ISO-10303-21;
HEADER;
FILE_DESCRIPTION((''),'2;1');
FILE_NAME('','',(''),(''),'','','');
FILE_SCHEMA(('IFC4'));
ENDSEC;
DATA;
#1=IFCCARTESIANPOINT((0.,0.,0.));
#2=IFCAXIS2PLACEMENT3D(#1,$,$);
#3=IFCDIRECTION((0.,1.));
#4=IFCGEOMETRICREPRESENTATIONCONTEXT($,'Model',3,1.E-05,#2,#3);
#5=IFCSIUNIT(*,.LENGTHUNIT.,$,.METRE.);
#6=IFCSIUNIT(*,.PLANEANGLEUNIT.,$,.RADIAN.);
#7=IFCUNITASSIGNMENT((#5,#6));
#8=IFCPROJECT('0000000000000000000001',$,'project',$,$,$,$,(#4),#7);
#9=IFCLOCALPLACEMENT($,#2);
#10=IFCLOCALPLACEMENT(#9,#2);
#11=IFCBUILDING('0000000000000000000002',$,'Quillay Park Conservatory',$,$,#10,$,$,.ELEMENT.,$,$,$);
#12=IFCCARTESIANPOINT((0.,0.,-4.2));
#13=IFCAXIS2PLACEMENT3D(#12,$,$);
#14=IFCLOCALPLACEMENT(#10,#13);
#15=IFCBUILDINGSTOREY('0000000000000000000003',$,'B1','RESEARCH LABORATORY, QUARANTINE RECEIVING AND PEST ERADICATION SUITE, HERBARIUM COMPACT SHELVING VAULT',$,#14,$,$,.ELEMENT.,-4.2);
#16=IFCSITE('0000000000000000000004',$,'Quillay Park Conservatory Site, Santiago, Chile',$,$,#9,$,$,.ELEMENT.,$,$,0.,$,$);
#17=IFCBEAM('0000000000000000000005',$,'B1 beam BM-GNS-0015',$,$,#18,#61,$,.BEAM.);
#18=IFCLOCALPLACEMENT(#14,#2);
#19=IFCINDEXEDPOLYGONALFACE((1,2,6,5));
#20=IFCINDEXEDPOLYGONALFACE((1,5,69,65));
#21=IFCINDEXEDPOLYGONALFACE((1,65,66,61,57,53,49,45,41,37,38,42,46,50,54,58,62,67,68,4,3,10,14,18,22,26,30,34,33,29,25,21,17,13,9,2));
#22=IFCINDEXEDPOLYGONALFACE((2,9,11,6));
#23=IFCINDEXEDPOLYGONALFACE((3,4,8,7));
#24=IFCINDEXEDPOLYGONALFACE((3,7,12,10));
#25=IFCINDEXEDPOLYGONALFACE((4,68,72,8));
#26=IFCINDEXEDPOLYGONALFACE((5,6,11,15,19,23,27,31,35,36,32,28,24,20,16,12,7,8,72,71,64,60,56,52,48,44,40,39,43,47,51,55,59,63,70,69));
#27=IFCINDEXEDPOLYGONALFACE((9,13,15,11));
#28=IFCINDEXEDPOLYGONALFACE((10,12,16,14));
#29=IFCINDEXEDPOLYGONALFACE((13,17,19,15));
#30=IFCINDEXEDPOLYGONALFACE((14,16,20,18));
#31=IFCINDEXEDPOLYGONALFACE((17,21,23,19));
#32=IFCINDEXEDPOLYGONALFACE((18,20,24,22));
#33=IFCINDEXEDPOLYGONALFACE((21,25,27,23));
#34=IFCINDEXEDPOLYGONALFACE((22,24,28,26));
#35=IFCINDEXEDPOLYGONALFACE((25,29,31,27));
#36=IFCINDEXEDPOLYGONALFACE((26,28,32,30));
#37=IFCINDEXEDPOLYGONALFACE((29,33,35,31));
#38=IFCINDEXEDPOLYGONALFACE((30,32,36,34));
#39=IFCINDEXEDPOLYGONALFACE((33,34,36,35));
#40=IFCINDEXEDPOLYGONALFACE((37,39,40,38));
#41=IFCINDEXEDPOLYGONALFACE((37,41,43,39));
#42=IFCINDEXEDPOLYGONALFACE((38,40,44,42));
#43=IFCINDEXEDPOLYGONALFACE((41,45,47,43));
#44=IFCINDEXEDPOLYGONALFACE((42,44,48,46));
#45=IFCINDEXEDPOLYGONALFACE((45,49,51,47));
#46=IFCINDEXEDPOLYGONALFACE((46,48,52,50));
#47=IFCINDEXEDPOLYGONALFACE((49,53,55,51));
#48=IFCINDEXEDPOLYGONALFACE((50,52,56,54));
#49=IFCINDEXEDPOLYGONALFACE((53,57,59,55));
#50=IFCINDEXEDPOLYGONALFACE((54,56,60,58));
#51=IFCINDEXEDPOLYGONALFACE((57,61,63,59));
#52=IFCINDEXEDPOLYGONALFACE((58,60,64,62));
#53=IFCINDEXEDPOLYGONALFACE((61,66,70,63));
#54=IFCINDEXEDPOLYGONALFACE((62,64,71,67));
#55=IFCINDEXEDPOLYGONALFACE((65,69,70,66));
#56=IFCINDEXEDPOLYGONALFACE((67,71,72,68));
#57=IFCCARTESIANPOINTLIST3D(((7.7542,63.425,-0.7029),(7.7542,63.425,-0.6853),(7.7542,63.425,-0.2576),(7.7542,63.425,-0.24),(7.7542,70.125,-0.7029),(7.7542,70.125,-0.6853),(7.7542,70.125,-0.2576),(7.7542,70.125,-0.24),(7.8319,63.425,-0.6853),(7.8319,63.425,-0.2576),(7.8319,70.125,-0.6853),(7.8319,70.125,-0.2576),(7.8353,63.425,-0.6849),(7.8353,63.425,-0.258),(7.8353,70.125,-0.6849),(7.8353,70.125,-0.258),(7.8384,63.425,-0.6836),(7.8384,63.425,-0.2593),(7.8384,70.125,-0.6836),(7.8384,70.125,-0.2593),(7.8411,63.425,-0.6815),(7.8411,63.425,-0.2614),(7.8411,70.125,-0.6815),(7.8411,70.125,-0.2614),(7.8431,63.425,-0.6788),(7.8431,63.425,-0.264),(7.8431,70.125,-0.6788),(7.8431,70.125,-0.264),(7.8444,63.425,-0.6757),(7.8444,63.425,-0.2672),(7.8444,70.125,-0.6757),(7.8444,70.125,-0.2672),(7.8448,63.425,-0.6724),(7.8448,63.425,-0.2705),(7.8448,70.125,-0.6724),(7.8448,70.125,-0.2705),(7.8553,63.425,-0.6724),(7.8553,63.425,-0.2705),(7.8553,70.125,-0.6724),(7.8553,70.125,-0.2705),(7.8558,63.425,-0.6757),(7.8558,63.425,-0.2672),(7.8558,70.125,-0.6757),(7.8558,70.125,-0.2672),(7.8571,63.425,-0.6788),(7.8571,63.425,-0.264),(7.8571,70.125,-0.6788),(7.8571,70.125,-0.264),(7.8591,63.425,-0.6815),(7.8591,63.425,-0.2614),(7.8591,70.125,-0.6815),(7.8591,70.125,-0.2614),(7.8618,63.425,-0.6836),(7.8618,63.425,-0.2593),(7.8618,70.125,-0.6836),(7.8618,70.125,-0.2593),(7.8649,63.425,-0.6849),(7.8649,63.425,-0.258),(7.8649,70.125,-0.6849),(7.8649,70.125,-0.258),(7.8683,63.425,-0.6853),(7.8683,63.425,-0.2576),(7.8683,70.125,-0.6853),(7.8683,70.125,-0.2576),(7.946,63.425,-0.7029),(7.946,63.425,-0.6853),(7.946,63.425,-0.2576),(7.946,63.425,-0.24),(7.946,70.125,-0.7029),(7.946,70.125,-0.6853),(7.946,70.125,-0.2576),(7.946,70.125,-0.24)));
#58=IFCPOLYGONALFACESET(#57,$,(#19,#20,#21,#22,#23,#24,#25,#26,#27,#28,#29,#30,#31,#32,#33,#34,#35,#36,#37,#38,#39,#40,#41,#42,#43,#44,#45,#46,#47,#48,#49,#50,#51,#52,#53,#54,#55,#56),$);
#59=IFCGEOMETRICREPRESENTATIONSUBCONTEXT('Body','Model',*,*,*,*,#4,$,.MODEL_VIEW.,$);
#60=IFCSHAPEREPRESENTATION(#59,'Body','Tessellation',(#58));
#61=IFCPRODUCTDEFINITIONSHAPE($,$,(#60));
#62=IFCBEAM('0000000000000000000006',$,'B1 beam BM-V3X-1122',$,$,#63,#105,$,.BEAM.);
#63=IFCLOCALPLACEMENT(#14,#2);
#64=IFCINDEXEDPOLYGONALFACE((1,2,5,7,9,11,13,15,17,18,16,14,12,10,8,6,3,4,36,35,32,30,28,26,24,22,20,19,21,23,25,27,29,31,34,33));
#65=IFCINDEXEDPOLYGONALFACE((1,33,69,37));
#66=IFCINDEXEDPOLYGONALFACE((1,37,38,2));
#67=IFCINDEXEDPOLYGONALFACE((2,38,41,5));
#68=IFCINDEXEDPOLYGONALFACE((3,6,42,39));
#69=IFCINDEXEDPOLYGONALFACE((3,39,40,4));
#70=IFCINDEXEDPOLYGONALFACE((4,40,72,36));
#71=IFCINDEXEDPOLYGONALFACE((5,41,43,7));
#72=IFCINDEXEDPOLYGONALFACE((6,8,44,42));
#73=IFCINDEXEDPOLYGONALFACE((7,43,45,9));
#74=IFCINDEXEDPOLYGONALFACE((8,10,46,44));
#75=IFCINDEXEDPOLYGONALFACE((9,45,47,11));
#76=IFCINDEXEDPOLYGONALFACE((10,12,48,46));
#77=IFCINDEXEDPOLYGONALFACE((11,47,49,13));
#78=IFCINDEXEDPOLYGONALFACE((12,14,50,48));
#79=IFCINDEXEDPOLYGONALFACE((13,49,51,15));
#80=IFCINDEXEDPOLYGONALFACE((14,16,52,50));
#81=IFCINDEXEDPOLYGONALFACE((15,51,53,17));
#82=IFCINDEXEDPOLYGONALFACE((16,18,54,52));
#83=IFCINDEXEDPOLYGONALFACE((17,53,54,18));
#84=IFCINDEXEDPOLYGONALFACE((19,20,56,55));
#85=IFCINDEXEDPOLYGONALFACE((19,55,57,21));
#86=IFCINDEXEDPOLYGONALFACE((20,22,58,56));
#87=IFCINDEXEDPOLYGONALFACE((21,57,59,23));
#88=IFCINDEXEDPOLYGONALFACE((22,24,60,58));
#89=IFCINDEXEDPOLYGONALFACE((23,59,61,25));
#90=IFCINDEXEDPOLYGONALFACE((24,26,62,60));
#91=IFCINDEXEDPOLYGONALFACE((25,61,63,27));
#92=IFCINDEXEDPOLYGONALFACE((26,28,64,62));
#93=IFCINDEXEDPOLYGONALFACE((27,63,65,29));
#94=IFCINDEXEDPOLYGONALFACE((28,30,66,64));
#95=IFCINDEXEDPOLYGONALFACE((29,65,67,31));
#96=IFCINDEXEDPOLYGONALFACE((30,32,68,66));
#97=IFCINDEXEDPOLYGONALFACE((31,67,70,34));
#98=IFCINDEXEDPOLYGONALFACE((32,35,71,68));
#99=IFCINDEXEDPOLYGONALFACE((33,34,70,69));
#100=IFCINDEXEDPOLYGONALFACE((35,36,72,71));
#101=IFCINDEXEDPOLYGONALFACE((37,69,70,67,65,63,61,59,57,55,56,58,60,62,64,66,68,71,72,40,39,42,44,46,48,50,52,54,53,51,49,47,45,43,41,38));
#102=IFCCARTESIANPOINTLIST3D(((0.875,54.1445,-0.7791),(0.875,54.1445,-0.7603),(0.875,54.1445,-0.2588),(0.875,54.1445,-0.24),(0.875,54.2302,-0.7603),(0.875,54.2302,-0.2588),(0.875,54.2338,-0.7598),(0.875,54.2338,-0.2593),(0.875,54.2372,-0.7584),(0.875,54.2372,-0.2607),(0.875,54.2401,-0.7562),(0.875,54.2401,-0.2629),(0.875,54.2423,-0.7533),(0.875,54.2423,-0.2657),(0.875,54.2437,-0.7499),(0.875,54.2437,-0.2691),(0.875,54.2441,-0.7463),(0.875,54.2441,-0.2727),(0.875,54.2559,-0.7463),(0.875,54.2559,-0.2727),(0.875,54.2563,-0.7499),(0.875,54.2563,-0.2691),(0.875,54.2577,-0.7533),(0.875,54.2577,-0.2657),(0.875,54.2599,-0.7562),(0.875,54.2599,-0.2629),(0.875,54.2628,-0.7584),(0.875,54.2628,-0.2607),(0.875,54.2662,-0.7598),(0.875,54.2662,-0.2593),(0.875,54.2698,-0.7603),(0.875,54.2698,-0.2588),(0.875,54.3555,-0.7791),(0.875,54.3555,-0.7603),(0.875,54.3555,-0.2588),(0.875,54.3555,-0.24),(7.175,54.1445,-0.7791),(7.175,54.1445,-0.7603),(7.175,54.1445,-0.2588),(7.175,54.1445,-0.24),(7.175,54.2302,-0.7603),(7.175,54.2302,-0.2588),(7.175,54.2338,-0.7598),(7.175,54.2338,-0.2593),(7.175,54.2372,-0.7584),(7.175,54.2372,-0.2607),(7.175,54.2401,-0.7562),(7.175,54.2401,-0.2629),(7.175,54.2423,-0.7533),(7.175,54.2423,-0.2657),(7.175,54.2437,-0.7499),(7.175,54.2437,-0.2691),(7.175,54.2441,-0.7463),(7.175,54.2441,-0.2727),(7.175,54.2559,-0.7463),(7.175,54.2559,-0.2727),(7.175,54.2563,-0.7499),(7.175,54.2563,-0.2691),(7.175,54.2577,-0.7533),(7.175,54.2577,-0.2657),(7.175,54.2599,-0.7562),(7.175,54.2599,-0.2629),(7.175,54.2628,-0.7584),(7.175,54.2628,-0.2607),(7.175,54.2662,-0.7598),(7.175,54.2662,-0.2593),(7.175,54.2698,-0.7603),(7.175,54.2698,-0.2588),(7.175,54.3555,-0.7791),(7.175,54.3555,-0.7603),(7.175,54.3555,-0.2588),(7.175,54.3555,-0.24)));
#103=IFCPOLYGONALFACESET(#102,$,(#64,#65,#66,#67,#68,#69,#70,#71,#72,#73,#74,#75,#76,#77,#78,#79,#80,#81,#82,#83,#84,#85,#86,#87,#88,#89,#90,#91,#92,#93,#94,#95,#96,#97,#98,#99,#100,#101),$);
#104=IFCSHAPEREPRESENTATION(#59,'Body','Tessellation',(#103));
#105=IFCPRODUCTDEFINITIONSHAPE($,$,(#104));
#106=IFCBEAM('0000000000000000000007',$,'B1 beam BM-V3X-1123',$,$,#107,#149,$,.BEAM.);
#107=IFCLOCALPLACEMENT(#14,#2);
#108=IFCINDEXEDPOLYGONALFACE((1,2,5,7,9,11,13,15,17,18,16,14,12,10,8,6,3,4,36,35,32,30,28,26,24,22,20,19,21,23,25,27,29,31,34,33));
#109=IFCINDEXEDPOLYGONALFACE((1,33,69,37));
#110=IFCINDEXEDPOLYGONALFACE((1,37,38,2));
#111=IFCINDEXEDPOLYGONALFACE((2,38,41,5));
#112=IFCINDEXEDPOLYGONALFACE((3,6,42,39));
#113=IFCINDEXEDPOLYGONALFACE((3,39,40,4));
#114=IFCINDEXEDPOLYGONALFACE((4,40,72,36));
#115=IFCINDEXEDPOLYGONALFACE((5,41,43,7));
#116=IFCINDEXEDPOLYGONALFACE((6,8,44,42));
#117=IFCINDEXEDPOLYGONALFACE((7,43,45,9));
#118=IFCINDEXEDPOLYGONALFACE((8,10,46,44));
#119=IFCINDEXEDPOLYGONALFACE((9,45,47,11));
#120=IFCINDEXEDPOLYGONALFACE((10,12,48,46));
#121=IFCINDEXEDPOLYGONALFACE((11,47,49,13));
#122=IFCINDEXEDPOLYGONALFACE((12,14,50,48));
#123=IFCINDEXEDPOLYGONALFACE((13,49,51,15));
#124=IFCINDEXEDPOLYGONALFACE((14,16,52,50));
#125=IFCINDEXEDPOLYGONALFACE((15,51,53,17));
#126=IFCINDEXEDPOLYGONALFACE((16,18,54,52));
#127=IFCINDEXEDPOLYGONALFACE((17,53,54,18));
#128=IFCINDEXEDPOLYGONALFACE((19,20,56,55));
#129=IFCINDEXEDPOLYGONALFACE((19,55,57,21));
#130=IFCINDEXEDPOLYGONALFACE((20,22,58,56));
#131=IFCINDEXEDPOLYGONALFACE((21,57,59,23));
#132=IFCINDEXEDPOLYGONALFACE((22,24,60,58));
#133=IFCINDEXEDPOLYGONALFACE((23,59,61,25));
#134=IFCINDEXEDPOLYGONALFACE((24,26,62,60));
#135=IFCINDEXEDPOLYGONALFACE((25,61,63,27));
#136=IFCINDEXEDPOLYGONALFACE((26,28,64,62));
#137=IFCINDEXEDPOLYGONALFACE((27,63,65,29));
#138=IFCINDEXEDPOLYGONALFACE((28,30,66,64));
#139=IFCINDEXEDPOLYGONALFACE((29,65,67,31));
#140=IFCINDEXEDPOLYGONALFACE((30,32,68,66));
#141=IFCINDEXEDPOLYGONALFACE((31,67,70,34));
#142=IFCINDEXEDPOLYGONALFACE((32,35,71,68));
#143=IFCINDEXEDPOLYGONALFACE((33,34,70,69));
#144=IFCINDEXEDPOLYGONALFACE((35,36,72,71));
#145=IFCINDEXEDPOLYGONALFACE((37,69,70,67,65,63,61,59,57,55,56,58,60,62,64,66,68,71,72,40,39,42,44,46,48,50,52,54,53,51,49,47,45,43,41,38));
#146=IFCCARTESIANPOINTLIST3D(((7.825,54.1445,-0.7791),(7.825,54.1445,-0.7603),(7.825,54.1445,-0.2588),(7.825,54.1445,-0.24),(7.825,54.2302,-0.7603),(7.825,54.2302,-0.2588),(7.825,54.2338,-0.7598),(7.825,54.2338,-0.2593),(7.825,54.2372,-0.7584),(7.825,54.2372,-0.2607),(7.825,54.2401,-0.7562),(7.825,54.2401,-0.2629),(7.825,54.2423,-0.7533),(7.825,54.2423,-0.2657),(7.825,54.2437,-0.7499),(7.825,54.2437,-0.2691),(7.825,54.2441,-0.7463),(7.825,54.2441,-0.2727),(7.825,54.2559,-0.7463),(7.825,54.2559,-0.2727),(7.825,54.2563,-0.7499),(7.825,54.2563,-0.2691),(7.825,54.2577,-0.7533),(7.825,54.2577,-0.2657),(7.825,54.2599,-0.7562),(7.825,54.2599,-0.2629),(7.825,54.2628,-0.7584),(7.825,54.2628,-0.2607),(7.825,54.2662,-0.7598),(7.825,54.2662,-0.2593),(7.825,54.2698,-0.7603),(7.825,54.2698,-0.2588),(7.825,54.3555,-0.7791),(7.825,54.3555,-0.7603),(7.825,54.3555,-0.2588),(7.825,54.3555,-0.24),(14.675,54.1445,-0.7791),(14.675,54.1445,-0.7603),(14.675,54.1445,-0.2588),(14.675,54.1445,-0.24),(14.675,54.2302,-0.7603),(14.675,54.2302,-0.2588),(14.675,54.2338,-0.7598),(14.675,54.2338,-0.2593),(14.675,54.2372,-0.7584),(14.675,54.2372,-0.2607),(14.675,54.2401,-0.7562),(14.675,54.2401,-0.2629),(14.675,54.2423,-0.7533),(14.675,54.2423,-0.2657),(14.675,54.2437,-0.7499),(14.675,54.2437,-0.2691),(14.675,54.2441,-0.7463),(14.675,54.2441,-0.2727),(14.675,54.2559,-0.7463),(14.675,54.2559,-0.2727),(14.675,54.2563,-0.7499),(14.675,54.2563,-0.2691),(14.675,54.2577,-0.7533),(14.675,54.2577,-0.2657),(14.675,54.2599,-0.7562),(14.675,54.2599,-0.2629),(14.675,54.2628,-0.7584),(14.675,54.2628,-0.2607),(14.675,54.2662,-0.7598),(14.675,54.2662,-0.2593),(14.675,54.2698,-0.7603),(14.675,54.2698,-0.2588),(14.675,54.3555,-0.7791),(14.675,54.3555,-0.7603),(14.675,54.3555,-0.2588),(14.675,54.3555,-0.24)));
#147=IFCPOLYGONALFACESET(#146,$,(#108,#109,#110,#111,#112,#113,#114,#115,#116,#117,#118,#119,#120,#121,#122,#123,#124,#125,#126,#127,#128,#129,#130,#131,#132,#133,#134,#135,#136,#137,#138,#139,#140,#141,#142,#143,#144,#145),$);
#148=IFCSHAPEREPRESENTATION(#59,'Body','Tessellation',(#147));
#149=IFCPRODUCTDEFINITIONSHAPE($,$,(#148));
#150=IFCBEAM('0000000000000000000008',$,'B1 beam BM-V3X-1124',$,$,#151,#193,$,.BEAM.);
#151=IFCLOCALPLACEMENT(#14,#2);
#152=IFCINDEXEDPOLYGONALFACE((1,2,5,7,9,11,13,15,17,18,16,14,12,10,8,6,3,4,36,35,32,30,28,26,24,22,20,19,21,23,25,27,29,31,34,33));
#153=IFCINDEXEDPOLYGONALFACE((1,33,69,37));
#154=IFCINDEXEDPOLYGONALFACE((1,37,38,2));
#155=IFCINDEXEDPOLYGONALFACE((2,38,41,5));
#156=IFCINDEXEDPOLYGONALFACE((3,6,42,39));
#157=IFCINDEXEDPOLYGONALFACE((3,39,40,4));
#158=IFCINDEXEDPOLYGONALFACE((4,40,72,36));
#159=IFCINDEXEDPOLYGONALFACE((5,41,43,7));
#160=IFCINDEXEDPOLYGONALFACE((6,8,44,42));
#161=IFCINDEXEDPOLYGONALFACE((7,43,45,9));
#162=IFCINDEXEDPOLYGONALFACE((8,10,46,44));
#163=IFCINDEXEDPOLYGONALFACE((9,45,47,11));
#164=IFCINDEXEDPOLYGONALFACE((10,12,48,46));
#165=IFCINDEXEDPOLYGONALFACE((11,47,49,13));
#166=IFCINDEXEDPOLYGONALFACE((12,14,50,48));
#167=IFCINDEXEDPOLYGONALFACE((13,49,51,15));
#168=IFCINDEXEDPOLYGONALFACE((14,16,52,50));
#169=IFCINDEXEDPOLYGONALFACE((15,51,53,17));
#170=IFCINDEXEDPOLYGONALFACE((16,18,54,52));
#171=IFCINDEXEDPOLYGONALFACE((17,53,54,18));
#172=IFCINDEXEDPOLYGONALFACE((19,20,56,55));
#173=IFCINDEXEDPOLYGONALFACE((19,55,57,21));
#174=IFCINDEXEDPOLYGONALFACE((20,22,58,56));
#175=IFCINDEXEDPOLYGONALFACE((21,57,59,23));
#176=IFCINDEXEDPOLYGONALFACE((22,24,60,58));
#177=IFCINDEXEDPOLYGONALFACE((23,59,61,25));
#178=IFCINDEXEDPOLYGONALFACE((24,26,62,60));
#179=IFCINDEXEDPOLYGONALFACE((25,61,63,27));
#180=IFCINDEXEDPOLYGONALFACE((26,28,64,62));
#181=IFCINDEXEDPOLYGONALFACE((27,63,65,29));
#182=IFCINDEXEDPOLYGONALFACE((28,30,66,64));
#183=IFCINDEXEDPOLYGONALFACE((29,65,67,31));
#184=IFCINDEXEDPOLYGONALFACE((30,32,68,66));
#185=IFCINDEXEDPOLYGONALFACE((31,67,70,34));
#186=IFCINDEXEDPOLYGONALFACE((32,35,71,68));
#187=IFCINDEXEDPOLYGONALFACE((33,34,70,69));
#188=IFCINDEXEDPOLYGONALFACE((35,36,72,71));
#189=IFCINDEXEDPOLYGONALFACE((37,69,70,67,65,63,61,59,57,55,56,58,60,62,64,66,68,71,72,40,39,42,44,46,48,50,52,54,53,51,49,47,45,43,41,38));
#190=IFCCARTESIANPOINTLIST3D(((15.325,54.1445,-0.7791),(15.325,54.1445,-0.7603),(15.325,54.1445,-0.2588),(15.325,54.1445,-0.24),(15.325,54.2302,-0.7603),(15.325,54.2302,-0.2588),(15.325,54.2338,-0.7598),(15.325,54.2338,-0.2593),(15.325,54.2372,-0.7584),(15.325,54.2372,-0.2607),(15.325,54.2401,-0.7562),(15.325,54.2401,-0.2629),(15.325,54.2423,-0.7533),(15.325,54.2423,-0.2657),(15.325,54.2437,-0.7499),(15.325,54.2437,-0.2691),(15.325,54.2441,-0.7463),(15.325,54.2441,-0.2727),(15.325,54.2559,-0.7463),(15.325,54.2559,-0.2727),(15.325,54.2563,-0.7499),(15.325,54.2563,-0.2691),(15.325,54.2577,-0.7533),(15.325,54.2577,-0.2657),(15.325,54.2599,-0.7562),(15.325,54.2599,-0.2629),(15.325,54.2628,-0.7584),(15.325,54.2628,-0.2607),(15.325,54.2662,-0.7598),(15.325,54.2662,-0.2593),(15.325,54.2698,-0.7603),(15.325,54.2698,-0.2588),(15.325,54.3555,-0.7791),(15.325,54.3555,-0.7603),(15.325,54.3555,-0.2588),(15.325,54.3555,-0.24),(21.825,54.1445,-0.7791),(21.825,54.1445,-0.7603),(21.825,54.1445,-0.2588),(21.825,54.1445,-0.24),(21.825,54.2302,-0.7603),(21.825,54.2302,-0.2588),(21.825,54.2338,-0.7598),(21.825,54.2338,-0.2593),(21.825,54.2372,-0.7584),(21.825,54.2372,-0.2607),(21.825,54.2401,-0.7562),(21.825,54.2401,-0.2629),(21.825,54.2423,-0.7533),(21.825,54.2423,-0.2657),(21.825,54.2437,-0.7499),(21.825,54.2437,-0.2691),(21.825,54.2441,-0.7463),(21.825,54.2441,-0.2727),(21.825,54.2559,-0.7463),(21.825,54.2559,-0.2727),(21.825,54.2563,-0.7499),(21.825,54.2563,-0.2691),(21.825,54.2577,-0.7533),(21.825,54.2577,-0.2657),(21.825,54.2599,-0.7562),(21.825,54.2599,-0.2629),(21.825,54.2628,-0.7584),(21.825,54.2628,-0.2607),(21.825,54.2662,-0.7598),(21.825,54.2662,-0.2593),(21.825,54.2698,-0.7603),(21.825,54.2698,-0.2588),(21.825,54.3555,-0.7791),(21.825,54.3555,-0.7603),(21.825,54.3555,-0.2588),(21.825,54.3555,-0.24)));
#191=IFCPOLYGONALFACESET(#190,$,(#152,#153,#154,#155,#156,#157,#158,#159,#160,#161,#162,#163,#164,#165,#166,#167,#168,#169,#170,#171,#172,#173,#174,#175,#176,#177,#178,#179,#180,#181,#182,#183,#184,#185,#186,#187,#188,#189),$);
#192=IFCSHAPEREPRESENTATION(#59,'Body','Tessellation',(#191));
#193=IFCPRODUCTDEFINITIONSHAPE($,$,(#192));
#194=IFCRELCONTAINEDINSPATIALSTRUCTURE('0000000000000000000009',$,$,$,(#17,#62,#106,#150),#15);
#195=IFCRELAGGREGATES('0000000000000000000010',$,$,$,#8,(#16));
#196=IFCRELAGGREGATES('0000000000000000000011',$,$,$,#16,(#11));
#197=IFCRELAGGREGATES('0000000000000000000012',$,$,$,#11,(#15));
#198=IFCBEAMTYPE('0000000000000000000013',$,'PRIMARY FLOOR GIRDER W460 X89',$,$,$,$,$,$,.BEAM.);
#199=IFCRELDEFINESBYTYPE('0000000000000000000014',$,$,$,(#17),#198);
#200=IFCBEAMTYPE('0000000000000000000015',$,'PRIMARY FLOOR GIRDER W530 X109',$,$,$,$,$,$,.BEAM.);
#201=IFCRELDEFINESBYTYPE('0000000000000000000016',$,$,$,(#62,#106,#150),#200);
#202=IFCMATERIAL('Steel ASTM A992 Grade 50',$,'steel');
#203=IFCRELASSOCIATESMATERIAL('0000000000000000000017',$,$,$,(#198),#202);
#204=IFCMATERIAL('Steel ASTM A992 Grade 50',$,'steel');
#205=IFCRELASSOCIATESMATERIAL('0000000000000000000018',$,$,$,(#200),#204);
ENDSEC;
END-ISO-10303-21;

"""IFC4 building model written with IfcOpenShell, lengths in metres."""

from ifc_helpers import new_model, si_unit, direction, frame, origin, origin_2d, place, context, subcontext, project, spatial, i_section, extrude, material, material_profile, profile_set, type_object, element, save


model = new_model("IFC4")

# Units and contexts
model_context = context("Model", 3, precision=1e-05, world=origin(), true_north=direction((0.0, 1.0)))
body_context = subcontext(model_context, "Body", "Model", "MODEL_VIEW")
ifc_project = project(units=[si_unit("LENGTHUNIT", "METRE"), si_unit("PLANEANGLEUNIT", "RADIAN")], contexts=[model_context])

# Site, building, storey
site_placement = place(None, origin())
site = spatial("IfcSite", under=ifc_project, at=site_placement, Name="Quillay Park Conservatory Site, Santiago, Chile", CompositionType="ELEMENT", RefElevation=0.0)
building_placement = place(site_placement, origin())
building = spatial("IfcBuilding", under=site, at=building_placement, Name="Quillay Park Conservatory", CompositionType="ELEMENT")
storey_placement = place(building_placement, frame((0.0, 0.0, -4.2)))
storey = spatial("IfcBuildingStorey", under=building, at=storey_placement, Name="B1", Description="RESEARCH LABORATORY, QUARANTINE RECEIVING AND PEST ERADICATION SUITE, HERBARIUM COMPACT SHELVING VAULT", CompositionType="ELEMENT", Elevation=-4.2)

# Beams
ifc_material_1 = material(Name="Steel ASTM A992 Grade 50", Category="steel")
ifc_material_profile_1 = material_profile(ifc_material_1, i_section(OverallWidth=0.1919, OverallDepth=0.4629, WebThickness=0.0105, FlangeThickness=0.0176, FilletRadius=0.0129, at=origin_2d()), Name="W460x89")
ifc_profile_set_1 = profile_set([ifc_material_profile_1], Name="Steel ASTM A992 Grade 50")
beam_type_1 = type_object("IfcBeamType", Name="PRIMARY FLOOR GIRDER W460 X89", PredefinedType="BEAM", material=ifc_profile_set_1)
beam_1_placement = place(storey_placement, frame((7.8501, 63.425, -0.4714), z_axis=(0.0, 1.0, 0.0), x_axis=(-1.0, 0.0, 0.0)))
element("IfcBeam", 1, at=beam_1_placement, inside=storey, type_object=beam_type_1, Name="B1 beam BM-GNS-0015", PredefinedType="BEAM", context=body_context, shape_type="SweptSolid", body=[
    extrude(i_section(OverallWidth=0.1919, OverallDepth=0.4629, WebThickness=0.0105, FlangeThickness=0.0176, FilletRadius=0.0129, at=origin_2d()), origin(), (0.0, 0.0, 1.0), 6.7),
])
ifc_material_2 = material(Name="Steel ASTM A992 Grade 50", Category="steel")
ifc_material_profile_2 = material_profile(ifc_material_2, i_section(OverallWidth=0.2109, OverallDepth=0.5391, WebThickness=0.0117, FlangeThickness=0.0188, FilletRadius=0.0139, at=origin_2d()), Name="W530x109")
ifc_profile_set_2 = profile_set([ifc_material_profile_2], Name="Steel ASTM A992 Grade 50")
beam_type_2 = type_object("IfcBeamType", Name="PRIMARY FLOOR GIRDER W530 X109", PredefinedType="BEAM", material=ifc_profile_set_2)
beam_2_placement = place(storey_placement, frame((0.875, 54.25, -0.5095), z_axis=(1.0, 0.0, 0.0), x_axis=(0.0, 1.0, 0.0)))
element("IfcBeam", 2, at=beam_2_placement, inside=storey, type_object=beam_type_2, Name="B1 beam BM-V3X-1122", PredefinedType="BEAM", context=body_context, shape_type="SweptSolid", body=[
    extrude(i_section(OverallWidth=0.2109, OverallDepth=0.5391, WebThickness=0.0117, FlangeThickness=0.0188, FilletRadius=0.0139, at=origin_2d()), origin(), (0.0, 0.0, 1.0), 6.3),
])
beam_3_placement = place(storey_placement, frame((7.825, 54.25, -0.5095), z_axis=(1.0, 0.0, 0.0), x_axis=(0.0, 1.0, 0.0)))
element("IfcBeam", 3, at=beam_3_placement, inside=storey, type_object=beam_type_2, Name="B1 beam BM-V3X-1123", PredefinedType="BEAM", context=body_context, shape_type="SweptSolid", body=[
    extrude(i_section(OverallWidth=0.2109, OverallDepth=0.5391, WebThickness=0.0117, FlangeThickness=0.0188, FilletRadius=0.0139, at=origin_2d()), origin(), (0.0, 0.0, 1.0), 6.8501),
])
beam_4_placement = place(storey_placement, frame((15.325, 54.25, -0.5095), z_axis=(1.0, 0.0, 0.0), x_axis=(0.0, 1.0, 0.0)))
element("IfcBeam", 4, at=beam_4_placement, inside=storey, type_object=beam_type_2, Name="B1 beam BM-V3X-1124", PredefinedType="BEAM", context=body_context, shape_type="SweptSolid", body=[
    extrude(i_section(OverallWidth=0.2109, OverallDepth=0.5391, WebThickness=0.0117, FlangeThickness=0.0188, FilletRadius=0.0139, at=origin_2d()), origin(), (0.0, 0.0, 1.0), 6.5),
])

save(model, "model.ifc")
